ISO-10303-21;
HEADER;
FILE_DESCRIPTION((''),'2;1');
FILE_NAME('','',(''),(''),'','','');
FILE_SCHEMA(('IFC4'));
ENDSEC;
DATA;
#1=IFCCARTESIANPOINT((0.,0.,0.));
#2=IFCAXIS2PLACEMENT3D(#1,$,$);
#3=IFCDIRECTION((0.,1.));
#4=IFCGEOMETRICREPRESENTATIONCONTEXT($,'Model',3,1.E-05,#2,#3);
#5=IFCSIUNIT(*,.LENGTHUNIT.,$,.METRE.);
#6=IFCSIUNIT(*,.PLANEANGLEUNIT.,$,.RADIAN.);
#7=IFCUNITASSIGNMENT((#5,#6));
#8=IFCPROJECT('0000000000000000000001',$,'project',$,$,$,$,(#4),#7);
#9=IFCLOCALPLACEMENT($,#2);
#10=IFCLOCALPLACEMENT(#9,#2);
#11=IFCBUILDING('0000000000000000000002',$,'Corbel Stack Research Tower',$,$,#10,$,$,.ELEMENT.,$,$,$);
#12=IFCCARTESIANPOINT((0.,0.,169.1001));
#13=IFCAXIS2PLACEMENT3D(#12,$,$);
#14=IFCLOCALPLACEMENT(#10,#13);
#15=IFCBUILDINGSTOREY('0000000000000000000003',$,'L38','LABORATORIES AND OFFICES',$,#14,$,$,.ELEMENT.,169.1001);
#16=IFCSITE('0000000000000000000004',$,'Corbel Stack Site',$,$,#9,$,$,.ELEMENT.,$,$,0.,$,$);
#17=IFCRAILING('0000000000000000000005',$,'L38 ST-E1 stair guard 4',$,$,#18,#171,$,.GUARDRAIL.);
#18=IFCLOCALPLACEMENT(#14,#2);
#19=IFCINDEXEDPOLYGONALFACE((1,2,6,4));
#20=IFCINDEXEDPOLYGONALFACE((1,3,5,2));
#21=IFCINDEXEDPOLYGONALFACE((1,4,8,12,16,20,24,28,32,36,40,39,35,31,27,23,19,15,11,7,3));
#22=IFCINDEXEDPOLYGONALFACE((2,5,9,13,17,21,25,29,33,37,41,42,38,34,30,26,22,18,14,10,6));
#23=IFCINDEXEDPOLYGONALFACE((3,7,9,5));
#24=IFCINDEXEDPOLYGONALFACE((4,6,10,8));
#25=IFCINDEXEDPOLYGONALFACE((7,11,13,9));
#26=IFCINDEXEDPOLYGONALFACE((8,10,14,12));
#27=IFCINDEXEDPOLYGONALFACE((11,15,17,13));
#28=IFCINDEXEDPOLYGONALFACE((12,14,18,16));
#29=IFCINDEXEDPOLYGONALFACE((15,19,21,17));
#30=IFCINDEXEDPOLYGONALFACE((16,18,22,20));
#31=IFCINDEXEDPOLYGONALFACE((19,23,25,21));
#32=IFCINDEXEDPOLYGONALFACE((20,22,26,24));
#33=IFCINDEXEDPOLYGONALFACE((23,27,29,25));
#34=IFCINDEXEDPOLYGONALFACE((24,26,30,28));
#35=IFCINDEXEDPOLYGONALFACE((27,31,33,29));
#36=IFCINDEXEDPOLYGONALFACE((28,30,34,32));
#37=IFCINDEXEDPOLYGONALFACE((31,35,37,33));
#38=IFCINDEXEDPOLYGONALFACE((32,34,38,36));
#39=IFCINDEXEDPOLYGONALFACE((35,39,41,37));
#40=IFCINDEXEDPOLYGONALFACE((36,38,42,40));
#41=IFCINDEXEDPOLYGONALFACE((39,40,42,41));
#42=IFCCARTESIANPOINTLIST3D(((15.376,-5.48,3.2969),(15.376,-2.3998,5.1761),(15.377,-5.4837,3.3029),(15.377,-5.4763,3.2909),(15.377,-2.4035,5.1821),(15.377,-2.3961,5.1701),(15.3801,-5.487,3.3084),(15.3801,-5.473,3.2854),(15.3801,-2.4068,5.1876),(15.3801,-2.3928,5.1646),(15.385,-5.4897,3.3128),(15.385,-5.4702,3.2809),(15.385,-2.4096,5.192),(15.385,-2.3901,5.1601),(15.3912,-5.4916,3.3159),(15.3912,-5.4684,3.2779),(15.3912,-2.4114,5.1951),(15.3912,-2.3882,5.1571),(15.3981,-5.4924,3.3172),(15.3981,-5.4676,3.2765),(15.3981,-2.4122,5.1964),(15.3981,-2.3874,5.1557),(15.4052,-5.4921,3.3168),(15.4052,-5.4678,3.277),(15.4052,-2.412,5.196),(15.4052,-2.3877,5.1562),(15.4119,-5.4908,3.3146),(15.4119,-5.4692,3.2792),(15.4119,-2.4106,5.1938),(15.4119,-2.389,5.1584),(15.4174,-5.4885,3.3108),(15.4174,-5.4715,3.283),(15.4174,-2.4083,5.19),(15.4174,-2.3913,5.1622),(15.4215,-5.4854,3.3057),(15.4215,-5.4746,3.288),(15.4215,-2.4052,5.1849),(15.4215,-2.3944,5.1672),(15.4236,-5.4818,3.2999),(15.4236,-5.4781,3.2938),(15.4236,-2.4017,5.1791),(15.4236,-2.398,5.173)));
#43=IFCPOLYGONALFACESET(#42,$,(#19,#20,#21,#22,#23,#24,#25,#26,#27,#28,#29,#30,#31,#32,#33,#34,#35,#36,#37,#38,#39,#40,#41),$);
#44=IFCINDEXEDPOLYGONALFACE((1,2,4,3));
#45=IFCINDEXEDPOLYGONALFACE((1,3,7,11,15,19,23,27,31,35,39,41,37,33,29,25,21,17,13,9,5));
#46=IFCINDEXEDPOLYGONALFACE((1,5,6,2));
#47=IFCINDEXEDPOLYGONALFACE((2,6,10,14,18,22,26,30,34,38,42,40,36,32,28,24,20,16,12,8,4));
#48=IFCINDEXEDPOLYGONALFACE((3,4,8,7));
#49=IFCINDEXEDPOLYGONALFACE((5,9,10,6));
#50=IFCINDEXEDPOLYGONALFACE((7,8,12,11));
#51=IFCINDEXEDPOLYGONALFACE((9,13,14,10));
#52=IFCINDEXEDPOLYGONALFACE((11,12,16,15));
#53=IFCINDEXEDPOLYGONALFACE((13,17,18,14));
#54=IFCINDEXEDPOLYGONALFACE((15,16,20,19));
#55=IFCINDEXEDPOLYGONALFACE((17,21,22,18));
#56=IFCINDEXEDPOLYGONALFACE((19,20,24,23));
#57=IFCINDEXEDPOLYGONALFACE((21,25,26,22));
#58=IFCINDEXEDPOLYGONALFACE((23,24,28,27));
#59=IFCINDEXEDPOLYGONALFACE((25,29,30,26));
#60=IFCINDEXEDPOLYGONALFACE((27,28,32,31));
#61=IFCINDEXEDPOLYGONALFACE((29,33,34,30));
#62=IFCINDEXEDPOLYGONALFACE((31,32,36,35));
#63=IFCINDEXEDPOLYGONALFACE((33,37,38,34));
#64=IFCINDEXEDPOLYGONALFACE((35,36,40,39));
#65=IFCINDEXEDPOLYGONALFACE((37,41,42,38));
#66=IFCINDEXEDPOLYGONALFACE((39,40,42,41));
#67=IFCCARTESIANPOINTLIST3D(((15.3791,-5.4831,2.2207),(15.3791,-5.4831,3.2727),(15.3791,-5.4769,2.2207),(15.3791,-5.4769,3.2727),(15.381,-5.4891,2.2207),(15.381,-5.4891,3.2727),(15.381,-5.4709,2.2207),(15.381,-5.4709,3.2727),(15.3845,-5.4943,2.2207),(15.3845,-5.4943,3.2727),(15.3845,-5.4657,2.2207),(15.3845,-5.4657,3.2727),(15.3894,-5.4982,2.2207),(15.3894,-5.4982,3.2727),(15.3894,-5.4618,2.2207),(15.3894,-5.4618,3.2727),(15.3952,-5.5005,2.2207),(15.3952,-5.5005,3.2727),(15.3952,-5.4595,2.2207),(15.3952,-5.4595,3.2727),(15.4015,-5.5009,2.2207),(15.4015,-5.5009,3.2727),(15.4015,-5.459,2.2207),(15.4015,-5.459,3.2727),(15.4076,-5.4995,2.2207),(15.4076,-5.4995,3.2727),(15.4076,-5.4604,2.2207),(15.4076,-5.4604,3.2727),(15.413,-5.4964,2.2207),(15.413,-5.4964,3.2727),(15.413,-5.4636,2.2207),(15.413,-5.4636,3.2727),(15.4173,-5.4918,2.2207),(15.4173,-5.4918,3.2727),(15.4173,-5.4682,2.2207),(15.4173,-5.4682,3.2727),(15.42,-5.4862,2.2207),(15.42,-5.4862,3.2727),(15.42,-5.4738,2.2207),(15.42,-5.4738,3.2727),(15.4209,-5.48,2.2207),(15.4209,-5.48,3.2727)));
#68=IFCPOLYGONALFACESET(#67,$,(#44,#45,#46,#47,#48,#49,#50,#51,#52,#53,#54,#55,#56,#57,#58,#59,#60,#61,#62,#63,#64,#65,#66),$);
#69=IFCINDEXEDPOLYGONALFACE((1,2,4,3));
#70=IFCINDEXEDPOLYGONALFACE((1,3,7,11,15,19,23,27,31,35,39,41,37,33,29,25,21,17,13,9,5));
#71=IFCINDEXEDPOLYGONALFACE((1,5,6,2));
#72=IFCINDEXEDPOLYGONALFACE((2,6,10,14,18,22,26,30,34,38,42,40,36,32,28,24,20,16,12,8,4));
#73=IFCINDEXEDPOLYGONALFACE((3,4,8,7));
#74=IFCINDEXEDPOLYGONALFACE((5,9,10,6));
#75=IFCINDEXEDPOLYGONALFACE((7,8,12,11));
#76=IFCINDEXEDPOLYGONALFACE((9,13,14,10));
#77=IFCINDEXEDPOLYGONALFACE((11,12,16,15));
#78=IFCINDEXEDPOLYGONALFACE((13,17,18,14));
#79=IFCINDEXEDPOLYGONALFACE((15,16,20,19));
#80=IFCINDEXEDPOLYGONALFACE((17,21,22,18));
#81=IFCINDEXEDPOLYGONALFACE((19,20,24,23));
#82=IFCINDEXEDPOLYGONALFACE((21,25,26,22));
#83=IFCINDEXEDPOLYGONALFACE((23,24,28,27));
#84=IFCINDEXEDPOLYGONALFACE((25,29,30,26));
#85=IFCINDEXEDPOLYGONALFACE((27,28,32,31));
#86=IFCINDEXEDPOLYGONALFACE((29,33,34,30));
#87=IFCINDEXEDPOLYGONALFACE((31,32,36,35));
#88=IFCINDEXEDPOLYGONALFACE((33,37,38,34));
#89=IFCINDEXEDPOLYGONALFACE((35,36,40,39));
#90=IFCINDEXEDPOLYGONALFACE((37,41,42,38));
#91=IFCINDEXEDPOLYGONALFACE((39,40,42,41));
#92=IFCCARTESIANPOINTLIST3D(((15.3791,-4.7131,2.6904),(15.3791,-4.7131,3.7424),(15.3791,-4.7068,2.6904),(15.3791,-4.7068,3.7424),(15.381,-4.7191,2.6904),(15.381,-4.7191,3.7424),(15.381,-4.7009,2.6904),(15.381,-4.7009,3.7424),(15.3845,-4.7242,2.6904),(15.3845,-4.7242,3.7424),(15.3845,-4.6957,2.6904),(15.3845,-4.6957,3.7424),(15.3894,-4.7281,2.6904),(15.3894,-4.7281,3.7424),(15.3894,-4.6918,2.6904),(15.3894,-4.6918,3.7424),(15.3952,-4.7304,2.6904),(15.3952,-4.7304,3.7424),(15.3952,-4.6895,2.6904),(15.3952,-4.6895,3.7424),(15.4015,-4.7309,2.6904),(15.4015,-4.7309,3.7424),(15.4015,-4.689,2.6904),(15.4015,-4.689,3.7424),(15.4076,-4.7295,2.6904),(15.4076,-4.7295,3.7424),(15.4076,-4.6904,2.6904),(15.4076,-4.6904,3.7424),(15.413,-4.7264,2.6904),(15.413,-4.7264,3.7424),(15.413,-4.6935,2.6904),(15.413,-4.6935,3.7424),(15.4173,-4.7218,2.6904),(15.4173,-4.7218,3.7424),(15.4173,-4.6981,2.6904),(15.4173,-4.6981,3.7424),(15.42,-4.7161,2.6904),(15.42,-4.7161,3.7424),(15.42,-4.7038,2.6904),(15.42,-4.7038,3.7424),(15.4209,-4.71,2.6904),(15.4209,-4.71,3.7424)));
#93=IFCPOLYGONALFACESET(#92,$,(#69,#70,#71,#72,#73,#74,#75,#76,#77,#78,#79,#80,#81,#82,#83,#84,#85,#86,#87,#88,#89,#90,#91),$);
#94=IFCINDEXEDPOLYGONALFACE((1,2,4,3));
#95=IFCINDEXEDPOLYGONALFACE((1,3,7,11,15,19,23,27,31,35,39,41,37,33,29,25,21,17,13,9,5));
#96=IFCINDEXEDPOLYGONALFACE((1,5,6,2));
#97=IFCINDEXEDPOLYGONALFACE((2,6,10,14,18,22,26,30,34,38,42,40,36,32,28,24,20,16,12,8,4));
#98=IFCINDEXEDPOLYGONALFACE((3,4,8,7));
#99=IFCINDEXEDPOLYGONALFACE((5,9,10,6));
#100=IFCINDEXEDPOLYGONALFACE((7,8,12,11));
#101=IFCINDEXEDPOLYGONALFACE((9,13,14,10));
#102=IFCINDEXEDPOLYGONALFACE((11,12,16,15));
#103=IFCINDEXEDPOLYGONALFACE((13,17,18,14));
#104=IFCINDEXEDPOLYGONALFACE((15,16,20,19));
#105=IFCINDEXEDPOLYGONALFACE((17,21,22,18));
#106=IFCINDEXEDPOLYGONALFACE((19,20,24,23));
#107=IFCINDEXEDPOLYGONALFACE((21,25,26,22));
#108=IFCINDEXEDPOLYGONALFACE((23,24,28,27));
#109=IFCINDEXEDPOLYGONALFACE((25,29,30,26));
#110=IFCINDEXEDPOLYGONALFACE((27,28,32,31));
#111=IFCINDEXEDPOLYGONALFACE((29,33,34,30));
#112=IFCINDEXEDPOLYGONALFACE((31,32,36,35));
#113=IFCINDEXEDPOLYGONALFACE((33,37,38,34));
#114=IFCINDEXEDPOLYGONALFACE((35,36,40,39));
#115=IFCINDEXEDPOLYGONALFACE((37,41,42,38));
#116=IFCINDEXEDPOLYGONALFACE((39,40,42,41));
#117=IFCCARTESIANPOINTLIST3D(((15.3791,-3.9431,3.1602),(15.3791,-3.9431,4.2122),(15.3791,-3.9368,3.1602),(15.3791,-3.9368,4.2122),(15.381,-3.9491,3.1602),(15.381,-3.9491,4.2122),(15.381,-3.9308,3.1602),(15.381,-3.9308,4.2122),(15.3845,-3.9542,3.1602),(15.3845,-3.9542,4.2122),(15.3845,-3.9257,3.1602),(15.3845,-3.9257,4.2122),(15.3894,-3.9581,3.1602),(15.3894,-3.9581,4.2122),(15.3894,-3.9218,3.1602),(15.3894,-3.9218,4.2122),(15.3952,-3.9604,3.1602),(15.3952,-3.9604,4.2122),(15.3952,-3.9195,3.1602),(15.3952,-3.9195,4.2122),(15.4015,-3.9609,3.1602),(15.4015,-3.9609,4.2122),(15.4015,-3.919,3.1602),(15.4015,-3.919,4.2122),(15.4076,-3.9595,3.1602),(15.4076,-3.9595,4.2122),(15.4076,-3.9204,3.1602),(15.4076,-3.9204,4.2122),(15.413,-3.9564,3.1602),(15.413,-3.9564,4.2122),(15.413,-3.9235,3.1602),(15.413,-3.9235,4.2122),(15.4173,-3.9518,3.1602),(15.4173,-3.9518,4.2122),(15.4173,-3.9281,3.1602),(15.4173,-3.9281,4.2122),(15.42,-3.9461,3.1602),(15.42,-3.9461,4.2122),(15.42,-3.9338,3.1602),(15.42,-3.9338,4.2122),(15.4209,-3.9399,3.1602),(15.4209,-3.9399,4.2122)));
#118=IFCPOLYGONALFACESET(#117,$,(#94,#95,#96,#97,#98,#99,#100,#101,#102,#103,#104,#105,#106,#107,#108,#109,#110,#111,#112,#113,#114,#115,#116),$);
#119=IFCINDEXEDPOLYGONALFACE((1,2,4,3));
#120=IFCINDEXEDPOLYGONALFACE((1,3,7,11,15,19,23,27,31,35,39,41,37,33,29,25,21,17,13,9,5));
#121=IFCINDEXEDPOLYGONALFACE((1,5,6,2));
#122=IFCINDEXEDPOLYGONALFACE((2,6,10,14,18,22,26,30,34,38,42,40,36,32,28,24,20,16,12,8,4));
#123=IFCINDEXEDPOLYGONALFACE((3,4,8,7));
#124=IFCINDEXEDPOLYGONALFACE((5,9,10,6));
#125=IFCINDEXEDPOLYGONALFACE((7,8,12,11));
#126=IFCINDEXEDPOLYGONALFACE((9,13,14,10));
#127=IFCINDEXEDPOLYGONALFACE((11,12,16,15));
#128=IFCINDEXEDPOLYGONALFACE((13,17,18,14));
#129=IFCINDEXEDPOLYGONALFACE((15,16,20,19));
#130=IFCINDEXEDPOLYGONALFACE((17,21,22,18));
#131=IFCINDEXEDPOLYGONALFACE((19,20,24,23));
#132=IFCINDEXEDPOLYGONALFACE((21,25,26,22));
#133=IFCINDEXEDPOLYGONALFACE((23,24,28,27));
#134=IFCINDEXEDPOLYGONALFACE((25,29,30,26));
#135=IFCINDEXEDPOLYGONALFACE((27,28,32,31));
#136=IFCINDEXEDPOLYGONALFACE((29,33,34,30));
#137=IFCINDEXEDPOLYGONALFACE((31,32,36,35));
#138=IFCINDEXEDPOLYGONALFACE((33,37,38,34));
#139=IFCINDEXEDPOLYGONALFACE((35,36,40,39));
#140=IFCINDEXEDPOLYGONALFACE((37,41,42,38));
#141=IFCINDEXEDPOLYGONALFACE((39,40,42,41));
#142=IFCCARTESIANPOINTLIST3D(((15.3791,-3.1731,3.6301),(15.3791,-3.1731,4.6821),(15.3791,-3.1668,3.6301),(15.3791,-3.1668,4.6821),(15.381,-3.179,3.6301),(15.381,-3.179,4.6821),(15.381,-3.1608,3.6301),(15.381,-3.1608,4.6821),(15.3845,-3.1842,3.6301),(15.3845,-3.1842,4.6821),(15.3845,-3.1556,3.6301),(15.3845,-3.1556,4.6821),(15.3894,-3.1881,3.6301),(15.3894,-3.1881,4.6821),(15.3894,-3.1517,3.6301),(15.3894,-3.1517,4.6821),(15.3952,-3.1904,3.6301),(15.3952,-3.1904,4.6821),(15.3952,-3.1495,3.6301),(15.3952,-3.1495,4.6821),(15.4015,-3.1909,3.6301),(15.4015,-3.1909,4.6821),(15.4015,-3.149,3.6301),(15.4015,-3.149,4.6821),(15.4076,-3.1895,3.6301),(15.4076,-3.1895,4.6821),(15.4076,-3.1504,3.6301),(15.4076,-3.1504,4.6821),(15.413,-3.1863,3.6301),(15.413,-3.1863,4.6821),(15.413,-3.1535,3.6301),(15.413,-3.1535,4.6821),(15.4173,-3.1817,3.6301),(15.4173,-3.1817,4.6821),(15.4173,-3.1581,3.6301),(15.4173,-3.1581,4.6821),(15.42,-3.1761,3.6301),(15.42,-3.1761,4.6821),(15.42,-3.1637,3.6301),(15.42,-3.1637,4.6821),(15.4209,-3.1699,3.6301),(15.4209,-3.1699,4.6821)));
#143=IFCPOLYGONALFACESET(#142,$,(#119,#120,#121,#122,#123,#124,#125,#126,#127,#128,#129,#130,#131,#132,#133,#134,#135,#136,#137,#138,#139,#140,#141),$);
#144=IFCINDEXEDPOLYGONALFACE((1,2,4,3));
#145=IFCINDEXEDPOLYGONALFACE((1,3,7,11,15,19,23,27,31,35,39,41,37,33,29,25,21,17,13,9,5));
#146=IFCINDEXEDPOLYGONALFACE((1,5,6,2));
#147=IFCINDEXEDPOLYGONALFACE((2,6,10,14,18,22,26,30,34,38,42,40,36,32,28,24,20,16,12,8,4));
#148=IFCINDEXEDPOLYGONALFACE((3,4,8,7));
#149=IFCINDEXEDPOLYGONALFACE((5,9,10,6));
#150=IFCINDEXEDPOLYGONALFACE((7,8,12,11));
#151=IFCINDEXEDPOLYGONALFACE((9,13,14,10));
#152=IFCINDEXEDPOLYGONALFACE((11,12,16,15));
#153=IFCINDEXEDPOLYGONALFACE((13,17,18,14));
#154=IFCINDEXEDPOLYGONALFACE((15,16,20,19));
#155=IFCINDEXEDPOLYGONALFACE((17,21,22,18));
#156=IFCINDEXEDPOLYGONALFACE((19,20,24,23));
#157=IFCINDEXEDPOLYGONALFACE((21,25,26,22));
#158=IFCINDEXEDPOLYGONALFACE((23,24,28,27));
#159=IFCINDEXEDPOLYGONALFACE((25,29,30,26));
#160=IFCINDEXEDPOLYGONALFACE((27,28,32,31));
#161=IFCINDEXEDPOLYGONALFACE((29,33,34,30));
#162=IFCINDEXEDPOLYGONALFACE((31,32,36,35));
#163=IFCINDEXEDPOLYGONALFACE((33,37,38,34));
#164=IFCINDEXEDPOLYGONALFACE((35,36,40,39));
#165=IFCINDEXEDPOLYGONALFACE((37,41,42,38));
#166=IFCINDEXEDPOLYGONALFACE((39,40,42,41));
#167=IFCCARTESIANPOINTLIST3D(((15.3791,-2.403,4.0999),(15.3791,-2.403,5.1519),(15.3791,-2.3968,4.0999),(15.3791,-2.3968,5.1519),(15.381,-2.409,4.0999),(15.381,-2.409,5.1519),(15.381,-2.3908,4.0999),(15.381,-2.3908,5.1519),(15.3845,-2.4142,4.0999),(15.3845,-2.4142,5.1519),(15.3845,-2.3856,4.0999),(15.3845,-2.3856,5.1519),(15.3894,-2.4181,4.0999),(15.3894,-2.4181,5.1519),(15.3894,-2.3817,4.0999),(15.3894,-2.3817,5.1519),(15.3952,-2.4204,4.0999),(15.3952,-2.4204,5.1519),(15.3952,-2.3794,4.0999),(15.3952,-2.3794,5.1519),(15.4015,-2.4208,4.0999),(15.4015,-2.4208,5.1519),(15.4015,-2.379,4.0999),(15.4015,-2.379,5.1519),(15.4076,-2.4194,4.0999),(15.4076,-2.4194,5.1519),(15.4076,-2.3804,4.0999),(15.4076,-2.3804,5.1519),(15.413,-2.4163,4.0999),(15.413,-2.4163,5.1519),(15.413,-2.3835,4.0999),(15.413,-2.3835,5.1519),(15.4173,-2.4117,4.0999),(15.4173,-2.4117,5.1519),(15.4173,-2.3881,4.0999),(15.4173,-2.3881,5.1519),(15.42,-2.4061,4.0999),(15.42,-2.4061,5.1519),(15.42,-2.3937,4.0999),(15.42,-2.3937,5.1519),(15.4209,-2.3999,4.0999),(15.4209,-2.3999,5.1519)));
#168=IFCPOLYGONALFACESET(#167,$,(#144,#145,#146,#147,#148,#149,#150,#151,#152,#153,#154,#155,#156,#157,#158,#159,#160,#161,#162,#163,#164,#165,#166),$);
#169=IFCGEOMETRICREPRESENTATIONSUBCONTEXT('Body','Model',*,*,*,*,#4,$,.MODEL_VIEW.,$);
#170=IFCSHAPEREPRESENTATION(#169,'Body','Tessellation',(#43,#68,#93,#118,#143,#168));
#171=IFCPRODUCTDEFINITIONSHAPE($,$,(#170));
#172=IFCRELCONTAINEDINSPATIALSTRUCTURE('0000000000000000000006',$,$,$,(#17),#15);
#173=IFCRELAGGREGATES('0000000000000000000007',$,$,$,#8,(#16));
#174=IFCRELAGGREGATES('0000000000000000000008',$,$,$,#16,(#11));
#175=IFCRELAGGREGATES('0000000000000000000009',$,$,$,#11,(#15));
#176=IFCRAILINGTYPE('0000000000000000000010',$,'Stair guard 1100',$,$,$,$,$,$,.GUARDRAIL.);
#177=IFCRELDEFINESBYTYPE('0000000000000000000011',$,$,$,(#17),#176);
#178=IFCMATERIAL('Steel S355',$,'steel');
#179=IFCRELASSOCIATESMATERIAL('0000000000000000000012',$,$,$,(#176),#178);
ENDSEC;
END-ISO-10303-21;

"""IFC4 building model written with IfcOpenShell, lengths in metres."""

from ifc_helpers import new_model, si_unit, direction, frame, origin, origin_2d, place, context, subcontext, project, spatial, circle, extrude, material, type_object, element, save


model = new_model("IFC4")

# Units and contexts
model_context = context("Model", 3, precision=1e-05, world=origin(), true_north=direction((0.0, 1.0)))
body_context = subcontext(model_context, "Body", "Model", "MODEL_VIEW")
ifc_project = project(units=[si_unit("LENGTHUNIT", "METRE"), si_unit("PLANEANGLEUNIT", "RADIAN")], contexts=[model_context])

# Site, building, storey
site_placement = place(None, origin())
site = spatial("IfcSite", under=ifc_project, at=site_placement, Name="Corbel Stack Site", CompositionType="ELEMENT", RefElevation=0.0)
building_placement = place(site_placement, origin())
building = spatial("IfcBuilding", under=site, at=building_placement, Name="Corbel Stack Research Tower", CompositionType="ELEMENT")
storey_placement = place(building_placement, frame((0.0, 0.0, 169.1001)))
storey = spatial("IfcBuildingStorey", under=building, at=storey_placement, Name="L38", Description="LABORATORIES AND OFFICES", CompositionType="ELEMENT", Elevation=169.1001)

# Railing
ifc_material_1 = material(Name="Steel S355", Category="steel")
railing_type_1 = type_object("IfcRailingType", Name="Stair guard 1100", PredefinedType="GUARDRAIL", material=ifc_material_1)
railing_1_placement = place(storey_placement, frame((15.3999, -5.48, 2.2207)))
element("IfcRailing", 1, at=railing_1_placement, inside=storey, type_object=railing_type_1, Name="L38 ST-E1 stair guard 4", PredefinedType="GUARDRAIL", context=body_context, shape_type="SweptSolid", body=[
    extrude(circle(Radius=0.0239, at=origin_2d()), frame((0.0, 0.0, 1.0762), z_axis=(0.0, 0.853666, 0.52082), x_axis=(-1.0, 0.0, 0.0)), (0.0, 0.0, 1.0), 3.6082),
    extrude(circle(Radius=0.021, at=origin_2d()), origin(), (0.0, 0.0, 1.0), 1.052),
    extrude(circle(Radius=0.021, at=origin_2d()), frame((0.0, 0.77, 0.4697)), (0.0, 0.0, 1.0), 1.052),
    extrude(circle(Radius=0.021, at=origin_2d()), frame((0.0, 1.54, 0.9395)), (0.0, 0.0, 1.0), 1.052),
    extrude(circle(Radius=0.021, at=origin_2d()), frame((0.0, 2.3101, 1.4094)), (0.0, 0.0, 1.0), 1.052),
    extrude(circle(Radius=0.021, at=origin_2d()), frame((0.0, 3.0801, 1.8792)), (0.0, 0.0, 1.0), 1.052),
])

save(model, "model.ifc")
